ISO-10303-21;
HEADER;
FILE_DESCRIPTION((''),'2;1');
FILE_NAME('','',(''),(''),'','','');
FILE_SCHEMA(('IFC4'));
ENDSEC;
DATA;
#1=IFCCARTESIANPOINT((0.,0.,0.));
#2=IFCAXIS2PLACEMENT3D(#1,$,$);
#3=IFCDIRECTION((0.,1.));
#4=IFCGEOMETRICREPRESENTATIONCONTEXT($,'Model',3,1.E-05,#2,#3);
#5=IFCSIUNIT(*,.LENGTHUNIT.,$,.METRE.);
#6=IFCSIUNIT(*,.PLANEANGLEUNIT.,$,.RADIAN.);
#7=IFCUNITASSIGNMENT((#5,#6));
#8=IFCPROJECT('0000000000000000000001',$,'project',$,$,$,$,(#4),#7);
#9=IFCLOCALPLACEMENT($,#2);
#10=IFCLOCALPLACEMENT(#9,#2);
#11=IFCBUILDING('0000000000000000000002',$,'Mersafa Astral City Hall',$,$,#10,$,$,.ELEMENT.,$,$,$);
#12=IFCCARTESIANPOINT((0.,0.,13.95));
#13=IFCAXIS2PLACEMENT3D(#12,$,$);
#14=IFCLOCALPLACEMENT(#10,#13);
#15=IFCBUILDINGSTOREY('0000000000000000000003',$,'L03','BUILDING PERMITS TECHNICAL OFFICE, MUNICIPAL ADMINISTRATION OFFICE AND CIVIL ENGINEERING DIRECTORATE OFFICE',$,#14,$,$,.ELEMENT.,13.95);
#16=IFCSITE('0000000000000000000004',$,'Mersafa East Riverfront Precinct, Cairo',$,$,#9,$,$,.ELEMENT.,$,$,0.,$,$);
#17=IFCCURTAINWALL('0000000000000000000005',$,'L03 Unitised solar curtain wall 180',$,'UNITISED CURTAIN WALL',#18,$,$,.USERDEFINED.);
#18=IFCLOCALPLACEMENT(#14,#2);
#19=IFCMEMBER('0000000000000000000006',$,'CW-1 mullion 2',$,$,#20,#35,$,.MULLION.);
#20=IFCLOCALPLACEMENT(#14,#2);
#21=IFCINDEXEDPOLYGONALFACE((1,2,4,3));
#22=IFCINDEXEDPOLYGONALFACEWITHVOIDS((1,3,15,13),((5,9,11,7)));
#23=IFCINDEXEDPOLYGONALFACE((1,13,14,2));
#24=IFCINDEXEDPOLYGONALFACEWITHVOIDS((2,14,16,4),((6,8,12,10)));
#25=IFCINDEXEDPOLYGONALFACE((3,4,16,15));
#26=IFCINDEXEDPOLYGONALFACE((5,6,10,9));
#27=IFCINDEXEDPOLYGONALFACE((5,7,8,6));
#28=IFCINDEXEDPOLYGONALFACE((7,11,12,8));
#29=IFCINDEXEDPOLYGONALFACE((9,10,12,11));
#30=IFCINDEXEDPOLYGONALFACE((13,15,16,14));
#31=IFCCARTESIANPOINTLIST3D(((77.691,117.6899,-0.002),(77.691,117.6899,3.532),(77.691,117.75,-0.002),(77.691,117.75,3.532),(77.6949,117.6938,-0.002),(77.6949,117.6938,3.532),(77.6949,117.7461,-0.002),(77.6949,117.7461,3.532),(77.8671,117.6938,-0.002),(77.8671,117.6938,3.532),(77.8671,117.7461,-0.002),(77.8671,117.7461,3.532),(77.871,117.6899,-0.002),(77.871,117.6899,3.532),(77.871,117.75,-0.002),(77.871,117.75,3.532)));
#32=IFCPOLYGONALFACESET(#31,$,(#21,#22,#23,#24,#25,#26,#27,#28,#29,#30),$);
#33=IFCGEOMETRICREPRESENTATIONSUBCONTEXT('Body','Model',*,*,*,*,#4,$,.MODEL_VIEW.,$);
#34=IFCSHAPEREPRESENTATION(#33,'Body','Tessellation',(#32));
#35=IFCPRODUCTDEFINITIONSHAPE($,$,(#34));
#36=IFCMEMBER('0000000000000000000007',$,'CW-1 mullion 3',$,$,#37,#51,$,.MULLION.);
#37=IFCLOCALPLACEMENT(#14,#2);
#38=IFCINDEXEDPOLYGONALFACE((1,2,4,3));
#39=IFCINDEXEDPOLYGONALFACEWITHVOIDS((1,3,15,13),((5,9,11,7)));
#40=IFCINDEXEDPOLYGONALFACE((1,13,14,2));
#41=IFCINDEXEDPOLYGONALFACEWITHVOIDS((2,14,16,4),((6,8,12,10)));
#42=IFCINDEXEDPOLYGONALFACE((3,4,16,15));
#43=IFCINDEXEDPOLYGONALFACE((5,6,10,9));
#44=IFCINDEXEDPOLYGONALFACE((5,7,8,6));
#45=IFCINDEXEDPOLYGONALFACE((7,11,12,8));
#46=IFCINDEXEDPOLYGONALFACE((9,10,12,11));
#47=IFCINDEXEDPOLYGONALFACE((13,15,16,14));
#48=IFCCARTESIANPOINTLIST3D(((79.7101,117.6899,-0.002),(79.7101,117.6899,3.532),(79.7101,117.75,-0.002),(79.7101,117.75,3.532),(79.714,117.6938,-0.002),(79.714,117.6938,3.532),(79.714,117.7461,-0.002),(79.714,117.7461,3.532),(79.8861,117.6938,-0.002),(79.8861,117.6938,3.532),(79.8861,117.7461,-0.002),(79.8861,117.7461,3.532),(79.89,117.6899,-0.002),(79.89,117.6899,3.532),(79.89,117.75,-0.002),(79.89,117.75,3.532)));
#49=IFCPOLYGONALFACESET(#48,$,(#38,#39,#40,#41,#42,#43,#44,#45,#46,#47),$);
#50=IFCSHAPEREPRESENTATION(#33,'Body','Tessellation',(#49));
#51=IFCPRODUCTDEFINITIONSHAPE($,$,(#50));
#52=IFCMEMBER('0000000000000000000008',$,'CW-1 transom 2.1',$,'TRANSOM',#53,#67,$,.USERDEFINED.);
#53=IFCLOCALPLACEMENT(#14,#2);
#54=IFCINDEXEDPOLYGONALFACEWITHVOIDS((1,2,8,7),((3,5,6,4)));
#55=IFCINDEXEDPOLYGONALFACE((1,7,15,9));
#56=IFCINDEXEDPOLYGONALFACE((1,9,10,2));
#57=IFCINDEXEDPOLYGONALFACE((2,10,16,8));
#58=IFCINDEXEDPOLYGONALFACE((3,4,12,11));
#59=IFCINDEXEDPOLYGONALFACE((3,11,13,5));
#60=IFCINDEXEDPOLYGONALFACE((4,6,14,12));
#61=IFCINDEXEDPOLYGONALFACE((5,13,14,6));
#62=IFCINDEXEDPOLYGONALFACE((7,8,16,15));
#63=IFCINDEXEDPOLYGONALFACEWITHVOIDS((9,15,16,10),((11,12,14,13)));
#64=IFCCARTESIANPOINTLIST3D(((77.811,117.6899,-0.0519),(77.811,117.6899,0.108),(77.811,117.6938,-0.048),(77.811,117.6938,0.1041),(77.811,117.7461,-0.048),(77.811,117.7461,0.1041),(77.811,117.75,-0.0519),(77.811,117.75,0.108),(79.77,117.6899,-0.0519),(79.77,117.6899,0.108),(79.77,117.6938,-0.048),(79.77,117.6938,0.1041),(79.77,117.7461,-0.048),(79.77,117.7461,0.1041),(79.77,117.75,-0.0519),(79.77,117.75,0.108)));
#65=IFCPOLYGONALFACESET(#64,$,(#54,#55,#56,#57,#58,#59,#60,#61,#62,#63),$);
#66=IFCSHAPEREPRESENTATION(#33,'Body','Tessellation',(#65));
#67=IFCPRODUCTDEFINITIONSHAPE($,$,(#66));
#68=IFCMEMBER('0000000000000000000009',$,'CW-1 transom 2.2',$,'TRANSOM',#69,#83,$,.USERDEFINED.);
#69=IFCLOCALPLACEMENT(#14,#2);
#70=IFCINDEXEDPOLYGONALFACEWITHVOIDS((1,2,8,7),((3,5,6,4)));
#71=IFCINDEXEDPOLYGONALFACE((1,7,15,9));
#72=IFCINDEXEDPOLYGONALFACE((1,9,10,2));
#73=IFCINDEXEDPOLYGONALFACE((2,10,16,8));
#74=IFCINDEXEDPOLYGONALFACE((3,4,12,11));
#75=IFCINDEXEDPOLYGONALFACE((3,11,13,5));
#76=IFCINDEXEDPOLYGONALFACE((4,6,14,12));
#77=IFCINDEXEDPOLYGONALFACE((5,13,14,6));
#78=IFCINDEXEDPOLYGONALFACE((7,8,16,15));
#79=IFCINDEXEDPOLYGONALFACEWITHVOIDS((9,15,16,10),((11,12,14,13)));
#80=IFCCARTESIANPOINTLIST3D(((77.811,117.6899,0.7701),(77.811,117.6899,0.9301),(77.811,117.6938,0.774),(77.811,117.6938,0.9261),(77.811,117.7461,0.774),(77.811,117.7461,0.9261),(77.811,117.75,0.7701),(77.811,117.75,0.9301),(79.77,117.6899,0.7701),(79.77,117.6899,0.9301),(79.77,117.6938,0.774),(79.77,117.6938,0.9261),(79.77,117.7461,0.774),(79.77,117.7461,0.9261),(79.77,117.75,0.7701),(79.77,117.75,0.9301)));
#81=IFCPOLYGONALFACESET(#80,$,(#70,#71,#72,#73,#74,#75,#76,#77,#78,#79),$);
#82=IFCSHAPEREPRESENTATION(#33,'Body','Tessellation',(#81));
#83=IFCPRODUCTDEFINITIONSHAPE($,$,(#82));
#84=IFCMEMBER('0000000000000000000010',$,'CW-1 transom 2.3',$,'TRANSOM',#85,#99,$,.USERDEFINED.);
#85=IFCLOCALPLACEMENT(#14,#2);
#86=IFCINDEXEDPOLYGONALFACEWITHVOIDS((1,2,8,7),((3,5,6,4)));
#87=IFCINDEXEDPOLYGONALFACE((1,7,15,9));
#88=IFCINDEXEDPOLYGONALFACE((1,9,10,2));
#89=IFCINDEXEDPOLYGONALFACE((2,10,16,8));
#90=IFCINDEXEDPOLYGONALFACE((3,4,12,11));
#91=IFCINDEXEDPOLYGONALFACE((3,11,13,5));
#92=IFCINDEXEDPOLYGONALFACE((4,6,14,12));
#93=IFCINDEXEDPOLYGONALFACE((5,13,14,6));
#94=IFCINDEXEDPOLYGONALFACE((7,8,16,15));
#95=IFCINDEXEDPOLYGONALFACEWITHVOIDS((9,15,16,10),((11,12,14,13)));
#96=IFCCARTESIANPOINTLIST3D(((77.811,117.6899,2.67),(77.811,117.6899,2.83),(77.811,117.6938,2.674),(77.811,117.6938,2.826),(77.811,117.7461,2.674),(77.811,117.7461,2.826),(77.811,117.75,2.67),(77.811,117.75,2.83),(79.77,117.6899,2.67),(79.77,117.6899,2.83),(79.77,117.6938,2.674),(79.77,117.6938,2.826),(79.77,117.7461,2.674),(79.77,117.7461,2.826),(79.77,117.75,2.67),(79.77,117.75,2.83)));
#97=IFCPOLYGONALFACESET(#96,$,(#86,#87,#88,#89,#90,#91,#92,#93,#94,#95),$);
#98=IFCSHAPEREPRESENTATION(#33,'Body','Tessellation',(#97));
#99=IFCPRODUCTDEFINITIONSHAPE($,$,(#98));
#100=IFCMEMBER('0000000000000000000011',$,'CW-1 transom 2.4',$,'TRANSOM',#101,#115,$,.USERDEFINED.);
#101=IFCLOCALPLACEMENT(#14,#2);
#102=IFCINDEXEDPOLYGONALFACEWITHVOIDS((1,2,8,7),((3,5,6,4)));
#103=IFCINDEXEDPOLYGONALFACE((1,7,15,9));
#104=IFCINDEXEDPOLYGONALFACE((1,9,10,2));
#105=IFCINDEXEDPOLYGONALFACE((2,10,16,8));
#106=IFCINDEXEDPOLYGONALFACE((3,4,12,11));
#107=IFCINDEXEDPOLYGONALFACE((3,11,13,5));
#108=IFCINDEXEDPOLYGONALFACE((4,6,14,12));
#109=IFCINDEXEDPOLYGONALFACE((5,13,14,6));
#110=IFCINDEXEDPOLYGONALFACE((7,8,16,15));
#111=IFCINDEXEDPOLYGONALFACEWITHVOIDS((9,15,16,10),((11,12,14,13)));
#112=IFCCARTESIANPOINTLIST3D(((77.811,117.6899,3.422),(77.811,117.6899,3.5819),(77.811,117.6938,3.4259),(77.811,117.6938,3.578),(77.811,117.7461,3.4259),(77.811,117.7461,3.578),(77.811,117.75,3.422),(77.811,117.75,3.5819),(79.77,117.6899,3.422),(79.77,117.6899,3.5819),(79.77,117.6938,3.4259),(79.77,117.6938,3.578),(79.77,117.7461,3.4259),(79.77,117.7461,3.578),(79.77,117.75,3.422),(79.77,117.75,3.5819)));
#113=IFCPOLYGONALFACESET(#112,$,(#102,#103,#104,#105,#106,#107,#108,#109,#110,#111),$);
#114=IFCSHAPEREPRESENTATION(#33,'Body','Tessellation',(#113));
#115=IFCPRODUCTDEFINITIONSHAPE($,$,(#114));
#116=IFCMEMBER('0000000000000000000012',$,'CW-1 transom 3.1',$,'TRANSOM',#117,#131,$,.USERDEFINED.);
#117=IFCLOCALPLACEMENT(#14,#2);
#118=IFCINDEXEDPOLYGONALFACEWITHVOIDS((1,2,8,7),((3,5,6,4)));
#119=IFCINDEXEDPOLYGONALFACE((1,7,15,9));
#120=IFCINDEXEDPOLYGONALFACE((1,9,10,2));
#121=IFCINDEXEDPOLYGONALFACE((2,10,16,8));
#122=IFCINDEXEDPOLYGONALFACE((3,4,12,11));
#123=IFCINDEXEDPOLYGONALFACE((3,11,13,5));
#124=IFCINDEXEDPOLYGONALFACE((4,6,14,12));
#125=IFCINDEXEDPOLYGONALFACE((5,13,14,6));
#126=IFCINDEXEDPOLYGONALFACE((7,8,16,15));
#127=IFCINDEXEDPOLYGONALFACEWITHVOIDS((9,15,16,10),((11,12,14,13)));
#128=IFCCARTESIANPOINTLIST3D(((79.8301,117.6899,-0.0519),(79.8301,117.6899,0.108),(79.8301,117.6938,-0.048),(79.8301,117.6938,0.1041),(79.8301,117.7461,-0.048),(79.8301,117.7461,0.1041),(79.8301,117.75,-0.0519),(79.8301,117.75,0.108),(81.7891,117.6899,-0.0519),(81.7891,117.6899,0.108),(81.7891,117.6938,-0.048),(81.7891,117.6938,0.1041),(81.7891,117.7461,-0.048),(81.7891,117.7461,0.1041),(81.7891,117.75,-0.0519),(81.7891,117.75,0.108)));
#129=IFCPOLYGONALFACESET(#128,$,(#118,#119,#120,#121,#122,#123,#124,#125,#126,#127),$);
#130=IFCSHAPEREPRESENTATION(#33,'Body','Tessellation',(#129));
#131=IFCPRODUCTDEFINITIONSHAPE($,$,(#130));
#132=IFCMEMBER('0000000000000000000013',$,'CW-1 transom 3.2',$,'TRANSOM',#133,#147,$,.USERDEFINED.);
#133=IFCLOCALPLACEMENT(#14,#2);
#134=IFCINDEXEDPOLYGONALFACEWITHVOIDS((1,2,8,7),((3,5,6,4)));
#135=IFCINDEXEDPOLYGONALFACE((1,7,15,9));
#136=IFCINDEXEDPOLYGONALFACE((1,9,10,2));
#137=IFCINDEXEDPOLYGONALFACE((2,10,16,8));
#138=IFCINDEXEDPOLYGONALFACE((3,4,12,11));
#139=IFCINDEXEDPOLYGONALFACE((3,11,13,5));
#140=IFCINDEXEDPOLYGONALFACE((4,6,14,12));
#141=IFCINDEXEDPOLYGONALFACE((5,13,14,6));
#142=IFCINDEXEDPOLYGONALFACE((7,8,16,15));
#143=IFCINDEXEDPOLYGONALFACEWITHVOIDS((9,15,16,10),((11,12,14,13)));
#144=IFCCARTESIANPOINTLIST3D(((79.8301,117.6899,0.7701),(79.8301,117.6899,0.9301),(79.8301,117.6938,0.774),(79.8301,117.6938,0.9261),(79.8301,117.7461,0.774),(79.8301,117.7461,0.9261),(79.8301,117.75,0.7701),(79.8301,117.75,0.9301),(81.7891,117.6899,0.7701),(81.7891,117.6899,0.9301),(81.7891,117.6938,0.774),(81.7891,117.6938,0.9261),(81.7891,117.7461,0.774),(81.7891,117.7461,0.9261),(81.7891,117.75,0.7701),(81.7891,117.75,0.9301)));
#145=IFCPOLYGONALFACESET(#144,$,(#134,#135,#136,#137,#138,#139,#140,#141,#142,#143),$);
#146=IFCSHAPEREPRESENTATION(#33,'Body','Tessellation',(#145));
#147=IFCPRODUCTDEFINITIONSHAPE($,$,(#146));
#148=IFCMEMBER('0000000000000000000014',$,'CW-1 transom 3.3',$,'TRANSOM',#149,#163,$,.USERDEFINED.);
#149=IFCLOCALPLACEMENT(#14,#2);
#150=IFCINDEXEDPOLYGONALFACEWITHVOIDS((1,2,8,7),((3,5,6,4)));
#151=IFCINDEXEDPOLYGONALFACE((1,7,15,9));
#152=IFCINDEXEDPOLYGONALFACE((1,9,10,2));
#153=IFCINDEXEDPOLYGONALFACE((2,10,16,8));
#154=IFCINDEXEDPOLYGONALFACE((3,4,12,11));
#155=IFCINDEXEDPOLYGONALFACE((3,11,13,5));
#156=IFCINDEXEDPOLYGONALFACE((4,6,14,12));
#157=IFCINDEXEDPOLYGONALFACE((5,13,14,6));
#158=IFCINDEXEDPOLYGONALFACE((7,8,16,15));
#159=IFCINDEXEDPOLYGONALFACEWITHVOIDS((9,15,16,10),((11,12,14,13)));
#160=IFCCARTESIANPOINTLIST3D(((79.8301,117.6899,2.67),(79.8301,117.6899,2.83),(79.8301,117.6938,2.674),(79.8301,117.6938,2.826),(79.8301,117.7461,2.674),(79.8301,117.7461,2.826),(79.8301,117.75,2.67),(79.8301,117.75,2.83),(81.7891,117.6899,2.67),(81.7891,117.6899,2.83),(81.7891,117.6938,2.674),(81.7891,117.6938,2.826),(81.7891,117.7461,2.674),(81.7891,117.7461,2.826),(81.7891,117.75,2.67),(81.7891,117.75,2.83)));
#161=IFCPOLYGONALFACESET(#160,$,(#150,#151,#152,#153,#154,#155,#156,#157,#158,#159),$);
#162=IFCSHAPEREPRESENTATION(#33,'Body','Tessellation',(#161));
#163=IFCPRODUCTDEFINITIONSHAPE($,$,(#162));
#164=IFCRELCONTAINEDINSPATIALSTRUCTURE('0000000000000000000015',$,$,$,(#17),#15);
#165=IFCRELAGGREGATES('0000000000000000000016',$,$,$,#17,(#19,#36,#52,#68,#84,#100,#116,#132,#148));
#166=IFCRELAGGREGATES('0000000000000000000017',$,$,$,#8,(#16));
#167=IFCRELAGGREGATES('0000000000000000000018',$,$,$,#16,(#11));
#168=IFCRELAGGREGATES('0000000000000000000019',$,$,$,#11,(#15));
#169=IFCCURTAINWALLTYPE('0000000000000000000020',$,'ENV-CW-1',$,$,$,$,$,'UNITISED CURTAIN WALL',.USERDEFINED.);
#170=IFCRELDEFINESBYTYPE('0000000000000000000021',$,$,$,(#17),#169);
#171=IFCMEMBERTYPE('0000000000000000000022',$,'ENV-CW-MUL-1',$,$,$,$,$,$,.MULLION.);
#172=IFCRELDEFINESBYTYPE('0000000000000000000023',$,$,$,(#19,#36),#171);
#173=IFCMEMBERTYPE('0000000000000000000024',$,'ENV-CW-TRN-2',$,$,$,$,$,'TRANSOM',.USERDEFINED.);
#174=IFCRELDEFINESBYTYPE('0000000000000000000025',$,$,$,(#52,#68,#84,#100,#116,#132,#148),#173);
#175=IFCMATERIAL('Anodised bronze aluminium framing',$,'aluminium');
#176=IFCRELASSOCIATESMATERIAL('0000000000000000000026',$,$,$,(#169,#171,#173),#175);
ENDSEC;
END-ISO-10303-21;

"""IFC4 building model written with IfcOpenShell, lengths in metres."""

from ifc_helpers import new_model, si_unit, direction, frame, origin, origin_2d, place, context, subcontext, project, spatial, hollow_rectangle, extrude, material, material_profile, profile_set, type_object, element, aggregate, save


model = new_model("IFC4")

# Units and contexts
model_context = context("Model", 3, precision=1e-05, world=origin(), true_north=direction((0.0, 1.0)))
body_context = subcontext(model_context, "Body", "Model", "MODEL_VIEW")
ifc_project = project(units=[si_unit("LENGTHUNIT", "METRE"), si_unit("PLANEANGLEUNIT", "RADIAN")], contexts=[model_context])

# Site, building, storey
site_placement = place(None, origin())
site = spatial("IfcSite", under=ifc_project, at=site_placement, Name="Mersafa East Riverfront Precinct, Cairo", CompositionType="ELEMENT", RefElevation=0.0)
building_placement = place(site_placement, origin())
building = spatial("IfcBuilding", under=site, at=building_placement, Name="Mersafa Astral City Hall", CompositionType="ELEMENT")
storey_placement = place(building_placement, frame((0.0, 0.0, 13.95)))
storey = spatial("IfcBuildingStorey", under=building, at=storey_placement, Name="L03", Description="BUILDING PERMITS TECHNICAL OFFICE, MUNICIPAL ADMINISTRATION OFFICE AND CIVIL ENGINEERING DIRECTORATE OFFICE", CompositionType="ELEMENT", Elevation=13.95)

# Curtain wall, members
ifc_material_1 = material(Name="Anodised bronze aluminium framing", Category="aluminium")
curtain_wall_type = type_object("IfcCurtainWallType", Name="ENV-CW-1", ElementType="UNITISED CURTAIN WALL", PredefinedType="USERDEFINED", material=ifc_material_1)
curtain_wall_placement = place(storey_placement, origin())
curtain_wall = element("IfcCurtainWall", 1, at=curtain_wall_placement, inside=storey, type_object=curtain_wall_type, Name="L03 Unitised solar curtain wall 180", ObjectType="UNITISED CURTAIN WALL", PredefinedType="USERDEFINED")
ifc_material_profile_1 = material_profile(ifc_material_1, hollow_rectangle(XDim=0.0601, YDim=0.1799, WallThickness=0.0039, at=origin_2d()), Name="RHS 60x180x4")
ifc_profile_set_1 = profile_set([ifc_material_profile_1], Name="Anodised bronze aluminium framing")
member_type_1 = type_object("IfcMemberType", Name="ENV-CW-MUL-1", PredefinedType="MULLION", material=ifc_profile_set_1)
member_1_placement = place(storey_placement, frame((77.781, 117.72, -0.002), z_axis=(0.0, 0.0, 1.0), x_axis=(0.0, 1.0, 0.0)))
member_1 = element("IfcMember", 2, at=member_1_placement, type_object=member_type_1, Name="CW-1 mullion 2", PredefinedType="MULLION", context=body_context, shape_type="SweptSolid", body=[
    extrude(hollow_rectangle(XDim=0.0601, YDim=0.1799, WallThickness=0.0039, at=origin_2d()), origin(), (0.0, 0.0, 1.0), 3.5339),
])
member_2_placement = place(storey_placement, frame((79.8, 117.72, -0.002), z_axis=(0.0, 0.0, 1.0), x_axis=(0.0, 1.0, 0.0)))
member_2 = element("IfcMember", 3, at=member_2_placement, type_object=member_type_1, Name="CW-1 mullion 3", PredefinedType="MULLION", context=body_context, shape_type="SweptSolid", body=[
    extrude(hollow_rectangle(XDim=0.0601, YDim=0.1799, WallThickness=0.0039, at=origin_2d()), origin(), (0.0, 0.0, 1.0), 3.5339),
])
ifc_material_profile_2 = material_profile(ifc_material_1, hollow_rectangle(XDim=0.0601, YDim=0.1599, WallThickness=0.0039, at=origin_2d()), Name="RHS 60x160x4")
ifc_profile_set_2 = profile_set([ifc_material_profile_2], Name="Anodised bronze aluminium framing")
member_type_2 = type_object("IfcMemberType", Name="ENV-CW-TRN-2", ElementType="TRANSOM", PredefinedType="USERDEFINED", material=ifc_profile_set_2)
member_3_placement = place(storey_placement, frame((77.811, 117.72, 0.0281), z_axis=(1.0, 0.0, 0.0), x_axis=(0.0, 1.0, 0.0)))
member_3 = element("IfcMember", 4, at=member_3_placement, type_object=member_type_2, Name="CW-1 transom 2.1", ObjectType="TRANSOM", PredefinedType="USERDEFINED", context=body_context, shape_type="SweptSolid", body=[
    extrude(hollow_rectangle(XDim=0.0601, YDim=0.1599, WallThickness=0.0039, at=origin_2d()), origin(), (0.0, 0.0, 1.0), 1.959),
])
member_4_placement = place(storey_placement, frame((77.811, 117.72, 0.8501), z_axis=(1.0, 0.0, 0.0), x_axis=(0.0, 1.0, 0.0)))
member_4 = element("IfcMember", 5, at=member_4_placement, type_object=member_type_2, Name="CW-1 transom 2.2", ObjectType="TRANSOM", PredefinedType="USERDEFINED", context=body_context, shape_type="SweptSolid", body=[
    extrude(hollow_rectangle(XDim=0.0601, YDim=0.1599, WallThickness=0.0039, at=origin_2d()), origin(), (0.0, 0.0, 1.0), 1.959),
])
member_5_placement = place(storey_placement, frame((77.811, 117.72, 2.75), z_axis=(1.0, 0.0, 0.0), x_axis=(0.0, 1.0, 0.0)))
member_5 = element("IfcMember", 6, at=member_5_placement, type_object=member_type_2, Name="CW-1 transom 2.3", ObjectType="TRANSOM", PredefinedType="USERDEFINED", context=body_context, shape_type="SweptSolid", body=[
    extrude(hollow_rectangle(XDim=0.0601, YDim=0.1599, WallThickness=0.0039, at=origin_2d()), origin(), (0.0, 0.0, 1.0), 1.959),
])
member_6_placement = place(storey_placement, frame((77.811, 117.72, 3.502), z_axis=(1.0, 0.0, 0.0), x_axis=(0.0, 1.0, 0.0)))
member_6 = element("IfcMember", 7, at=member_6_placement, type_object=member_type_2, Name="CW-1 transom 2.4", ObjectType="TRANSOM", PredefinedType="USERDEFINED", context=body_context, shape_type="SweptSolid", body=[
    extrude(hollow_rectangle(XDim=0.0601, YDim=0.1599, WallThickness=0.0039, at=origin_2d()), origin(), (0.0, 0.0, 1.0), 1.959),
])
member_7_placement = place(storey_placement, frame((79.8301, 117.72, 0.0281), z_axis=(1.0, 0.0, 0.0), x_axis=(0.0, 1.0, 0.0)))
member_7 = element("IfcMember", 8, at=member_7_placement, type_object=member_type_2, Name="CW-1 transom 3.1", ObjectType="TRANSOM", PredefinedType="USERDEFINED", context=body_context, shape_type="SweptSolid", body=[
    extrude(hollow_rectangle(XDim=0.0601, YDim=0.1599, WallThickness=0.0039, at=origin_2d()), origin(), (0.0, 0.0, 1.0), 1.959),
])
member_8_placement = place(storey_placement, frame((79.8301, 117.72, 0.8501), z_axis=(1.0, 0.0, 0.0), x_axis=(0.0, 1.0, 0.0)))
member_8 = element("IfcMember", 9, at=member_8_placement, type_object=member_type_2, Name="CW-1 transom 3.2", ObjectType="TRANSOM", PredefinedType="USERDEFINED", context=body_context, shape_type="SweptSolid", body=[
    extrude(hollow_rectangle(XDim=0.0601, YDim=0.1599, WallThickness=0.0039, at=origin_2d()), origin(), (0.0, 0.0, 1.0), 1.959),
])
member_9_placement = place(storey_placement, frame((79.8301, 117.72, 2.75), z_axis=(1.0, 0.0, 0.0), x_axis=(0.0, 1.0, 0.0)))
member_9 = element("IfcMember", 10, at=member_9_placement, type_object=member_type_2, Name="CW-1 transom 3.3", ObjectType="TRANSOM", PredefinedType="USERDEFINED", context=body_context, shape_type="SweptSolid", body=[
    extrude(hollow_rectangle(XDim=0.0601, YDim=0.1599, WallThickness=0.0039, at=origin_2d()), origin(), (0.0, 0.0, 1.0), 1.959),
])

aggregate(curtain_wall, [member_1, member_2, member_3, member_4, member_5, member_6, member_7, member_8, member_9])

save(model, "model.ifc")
